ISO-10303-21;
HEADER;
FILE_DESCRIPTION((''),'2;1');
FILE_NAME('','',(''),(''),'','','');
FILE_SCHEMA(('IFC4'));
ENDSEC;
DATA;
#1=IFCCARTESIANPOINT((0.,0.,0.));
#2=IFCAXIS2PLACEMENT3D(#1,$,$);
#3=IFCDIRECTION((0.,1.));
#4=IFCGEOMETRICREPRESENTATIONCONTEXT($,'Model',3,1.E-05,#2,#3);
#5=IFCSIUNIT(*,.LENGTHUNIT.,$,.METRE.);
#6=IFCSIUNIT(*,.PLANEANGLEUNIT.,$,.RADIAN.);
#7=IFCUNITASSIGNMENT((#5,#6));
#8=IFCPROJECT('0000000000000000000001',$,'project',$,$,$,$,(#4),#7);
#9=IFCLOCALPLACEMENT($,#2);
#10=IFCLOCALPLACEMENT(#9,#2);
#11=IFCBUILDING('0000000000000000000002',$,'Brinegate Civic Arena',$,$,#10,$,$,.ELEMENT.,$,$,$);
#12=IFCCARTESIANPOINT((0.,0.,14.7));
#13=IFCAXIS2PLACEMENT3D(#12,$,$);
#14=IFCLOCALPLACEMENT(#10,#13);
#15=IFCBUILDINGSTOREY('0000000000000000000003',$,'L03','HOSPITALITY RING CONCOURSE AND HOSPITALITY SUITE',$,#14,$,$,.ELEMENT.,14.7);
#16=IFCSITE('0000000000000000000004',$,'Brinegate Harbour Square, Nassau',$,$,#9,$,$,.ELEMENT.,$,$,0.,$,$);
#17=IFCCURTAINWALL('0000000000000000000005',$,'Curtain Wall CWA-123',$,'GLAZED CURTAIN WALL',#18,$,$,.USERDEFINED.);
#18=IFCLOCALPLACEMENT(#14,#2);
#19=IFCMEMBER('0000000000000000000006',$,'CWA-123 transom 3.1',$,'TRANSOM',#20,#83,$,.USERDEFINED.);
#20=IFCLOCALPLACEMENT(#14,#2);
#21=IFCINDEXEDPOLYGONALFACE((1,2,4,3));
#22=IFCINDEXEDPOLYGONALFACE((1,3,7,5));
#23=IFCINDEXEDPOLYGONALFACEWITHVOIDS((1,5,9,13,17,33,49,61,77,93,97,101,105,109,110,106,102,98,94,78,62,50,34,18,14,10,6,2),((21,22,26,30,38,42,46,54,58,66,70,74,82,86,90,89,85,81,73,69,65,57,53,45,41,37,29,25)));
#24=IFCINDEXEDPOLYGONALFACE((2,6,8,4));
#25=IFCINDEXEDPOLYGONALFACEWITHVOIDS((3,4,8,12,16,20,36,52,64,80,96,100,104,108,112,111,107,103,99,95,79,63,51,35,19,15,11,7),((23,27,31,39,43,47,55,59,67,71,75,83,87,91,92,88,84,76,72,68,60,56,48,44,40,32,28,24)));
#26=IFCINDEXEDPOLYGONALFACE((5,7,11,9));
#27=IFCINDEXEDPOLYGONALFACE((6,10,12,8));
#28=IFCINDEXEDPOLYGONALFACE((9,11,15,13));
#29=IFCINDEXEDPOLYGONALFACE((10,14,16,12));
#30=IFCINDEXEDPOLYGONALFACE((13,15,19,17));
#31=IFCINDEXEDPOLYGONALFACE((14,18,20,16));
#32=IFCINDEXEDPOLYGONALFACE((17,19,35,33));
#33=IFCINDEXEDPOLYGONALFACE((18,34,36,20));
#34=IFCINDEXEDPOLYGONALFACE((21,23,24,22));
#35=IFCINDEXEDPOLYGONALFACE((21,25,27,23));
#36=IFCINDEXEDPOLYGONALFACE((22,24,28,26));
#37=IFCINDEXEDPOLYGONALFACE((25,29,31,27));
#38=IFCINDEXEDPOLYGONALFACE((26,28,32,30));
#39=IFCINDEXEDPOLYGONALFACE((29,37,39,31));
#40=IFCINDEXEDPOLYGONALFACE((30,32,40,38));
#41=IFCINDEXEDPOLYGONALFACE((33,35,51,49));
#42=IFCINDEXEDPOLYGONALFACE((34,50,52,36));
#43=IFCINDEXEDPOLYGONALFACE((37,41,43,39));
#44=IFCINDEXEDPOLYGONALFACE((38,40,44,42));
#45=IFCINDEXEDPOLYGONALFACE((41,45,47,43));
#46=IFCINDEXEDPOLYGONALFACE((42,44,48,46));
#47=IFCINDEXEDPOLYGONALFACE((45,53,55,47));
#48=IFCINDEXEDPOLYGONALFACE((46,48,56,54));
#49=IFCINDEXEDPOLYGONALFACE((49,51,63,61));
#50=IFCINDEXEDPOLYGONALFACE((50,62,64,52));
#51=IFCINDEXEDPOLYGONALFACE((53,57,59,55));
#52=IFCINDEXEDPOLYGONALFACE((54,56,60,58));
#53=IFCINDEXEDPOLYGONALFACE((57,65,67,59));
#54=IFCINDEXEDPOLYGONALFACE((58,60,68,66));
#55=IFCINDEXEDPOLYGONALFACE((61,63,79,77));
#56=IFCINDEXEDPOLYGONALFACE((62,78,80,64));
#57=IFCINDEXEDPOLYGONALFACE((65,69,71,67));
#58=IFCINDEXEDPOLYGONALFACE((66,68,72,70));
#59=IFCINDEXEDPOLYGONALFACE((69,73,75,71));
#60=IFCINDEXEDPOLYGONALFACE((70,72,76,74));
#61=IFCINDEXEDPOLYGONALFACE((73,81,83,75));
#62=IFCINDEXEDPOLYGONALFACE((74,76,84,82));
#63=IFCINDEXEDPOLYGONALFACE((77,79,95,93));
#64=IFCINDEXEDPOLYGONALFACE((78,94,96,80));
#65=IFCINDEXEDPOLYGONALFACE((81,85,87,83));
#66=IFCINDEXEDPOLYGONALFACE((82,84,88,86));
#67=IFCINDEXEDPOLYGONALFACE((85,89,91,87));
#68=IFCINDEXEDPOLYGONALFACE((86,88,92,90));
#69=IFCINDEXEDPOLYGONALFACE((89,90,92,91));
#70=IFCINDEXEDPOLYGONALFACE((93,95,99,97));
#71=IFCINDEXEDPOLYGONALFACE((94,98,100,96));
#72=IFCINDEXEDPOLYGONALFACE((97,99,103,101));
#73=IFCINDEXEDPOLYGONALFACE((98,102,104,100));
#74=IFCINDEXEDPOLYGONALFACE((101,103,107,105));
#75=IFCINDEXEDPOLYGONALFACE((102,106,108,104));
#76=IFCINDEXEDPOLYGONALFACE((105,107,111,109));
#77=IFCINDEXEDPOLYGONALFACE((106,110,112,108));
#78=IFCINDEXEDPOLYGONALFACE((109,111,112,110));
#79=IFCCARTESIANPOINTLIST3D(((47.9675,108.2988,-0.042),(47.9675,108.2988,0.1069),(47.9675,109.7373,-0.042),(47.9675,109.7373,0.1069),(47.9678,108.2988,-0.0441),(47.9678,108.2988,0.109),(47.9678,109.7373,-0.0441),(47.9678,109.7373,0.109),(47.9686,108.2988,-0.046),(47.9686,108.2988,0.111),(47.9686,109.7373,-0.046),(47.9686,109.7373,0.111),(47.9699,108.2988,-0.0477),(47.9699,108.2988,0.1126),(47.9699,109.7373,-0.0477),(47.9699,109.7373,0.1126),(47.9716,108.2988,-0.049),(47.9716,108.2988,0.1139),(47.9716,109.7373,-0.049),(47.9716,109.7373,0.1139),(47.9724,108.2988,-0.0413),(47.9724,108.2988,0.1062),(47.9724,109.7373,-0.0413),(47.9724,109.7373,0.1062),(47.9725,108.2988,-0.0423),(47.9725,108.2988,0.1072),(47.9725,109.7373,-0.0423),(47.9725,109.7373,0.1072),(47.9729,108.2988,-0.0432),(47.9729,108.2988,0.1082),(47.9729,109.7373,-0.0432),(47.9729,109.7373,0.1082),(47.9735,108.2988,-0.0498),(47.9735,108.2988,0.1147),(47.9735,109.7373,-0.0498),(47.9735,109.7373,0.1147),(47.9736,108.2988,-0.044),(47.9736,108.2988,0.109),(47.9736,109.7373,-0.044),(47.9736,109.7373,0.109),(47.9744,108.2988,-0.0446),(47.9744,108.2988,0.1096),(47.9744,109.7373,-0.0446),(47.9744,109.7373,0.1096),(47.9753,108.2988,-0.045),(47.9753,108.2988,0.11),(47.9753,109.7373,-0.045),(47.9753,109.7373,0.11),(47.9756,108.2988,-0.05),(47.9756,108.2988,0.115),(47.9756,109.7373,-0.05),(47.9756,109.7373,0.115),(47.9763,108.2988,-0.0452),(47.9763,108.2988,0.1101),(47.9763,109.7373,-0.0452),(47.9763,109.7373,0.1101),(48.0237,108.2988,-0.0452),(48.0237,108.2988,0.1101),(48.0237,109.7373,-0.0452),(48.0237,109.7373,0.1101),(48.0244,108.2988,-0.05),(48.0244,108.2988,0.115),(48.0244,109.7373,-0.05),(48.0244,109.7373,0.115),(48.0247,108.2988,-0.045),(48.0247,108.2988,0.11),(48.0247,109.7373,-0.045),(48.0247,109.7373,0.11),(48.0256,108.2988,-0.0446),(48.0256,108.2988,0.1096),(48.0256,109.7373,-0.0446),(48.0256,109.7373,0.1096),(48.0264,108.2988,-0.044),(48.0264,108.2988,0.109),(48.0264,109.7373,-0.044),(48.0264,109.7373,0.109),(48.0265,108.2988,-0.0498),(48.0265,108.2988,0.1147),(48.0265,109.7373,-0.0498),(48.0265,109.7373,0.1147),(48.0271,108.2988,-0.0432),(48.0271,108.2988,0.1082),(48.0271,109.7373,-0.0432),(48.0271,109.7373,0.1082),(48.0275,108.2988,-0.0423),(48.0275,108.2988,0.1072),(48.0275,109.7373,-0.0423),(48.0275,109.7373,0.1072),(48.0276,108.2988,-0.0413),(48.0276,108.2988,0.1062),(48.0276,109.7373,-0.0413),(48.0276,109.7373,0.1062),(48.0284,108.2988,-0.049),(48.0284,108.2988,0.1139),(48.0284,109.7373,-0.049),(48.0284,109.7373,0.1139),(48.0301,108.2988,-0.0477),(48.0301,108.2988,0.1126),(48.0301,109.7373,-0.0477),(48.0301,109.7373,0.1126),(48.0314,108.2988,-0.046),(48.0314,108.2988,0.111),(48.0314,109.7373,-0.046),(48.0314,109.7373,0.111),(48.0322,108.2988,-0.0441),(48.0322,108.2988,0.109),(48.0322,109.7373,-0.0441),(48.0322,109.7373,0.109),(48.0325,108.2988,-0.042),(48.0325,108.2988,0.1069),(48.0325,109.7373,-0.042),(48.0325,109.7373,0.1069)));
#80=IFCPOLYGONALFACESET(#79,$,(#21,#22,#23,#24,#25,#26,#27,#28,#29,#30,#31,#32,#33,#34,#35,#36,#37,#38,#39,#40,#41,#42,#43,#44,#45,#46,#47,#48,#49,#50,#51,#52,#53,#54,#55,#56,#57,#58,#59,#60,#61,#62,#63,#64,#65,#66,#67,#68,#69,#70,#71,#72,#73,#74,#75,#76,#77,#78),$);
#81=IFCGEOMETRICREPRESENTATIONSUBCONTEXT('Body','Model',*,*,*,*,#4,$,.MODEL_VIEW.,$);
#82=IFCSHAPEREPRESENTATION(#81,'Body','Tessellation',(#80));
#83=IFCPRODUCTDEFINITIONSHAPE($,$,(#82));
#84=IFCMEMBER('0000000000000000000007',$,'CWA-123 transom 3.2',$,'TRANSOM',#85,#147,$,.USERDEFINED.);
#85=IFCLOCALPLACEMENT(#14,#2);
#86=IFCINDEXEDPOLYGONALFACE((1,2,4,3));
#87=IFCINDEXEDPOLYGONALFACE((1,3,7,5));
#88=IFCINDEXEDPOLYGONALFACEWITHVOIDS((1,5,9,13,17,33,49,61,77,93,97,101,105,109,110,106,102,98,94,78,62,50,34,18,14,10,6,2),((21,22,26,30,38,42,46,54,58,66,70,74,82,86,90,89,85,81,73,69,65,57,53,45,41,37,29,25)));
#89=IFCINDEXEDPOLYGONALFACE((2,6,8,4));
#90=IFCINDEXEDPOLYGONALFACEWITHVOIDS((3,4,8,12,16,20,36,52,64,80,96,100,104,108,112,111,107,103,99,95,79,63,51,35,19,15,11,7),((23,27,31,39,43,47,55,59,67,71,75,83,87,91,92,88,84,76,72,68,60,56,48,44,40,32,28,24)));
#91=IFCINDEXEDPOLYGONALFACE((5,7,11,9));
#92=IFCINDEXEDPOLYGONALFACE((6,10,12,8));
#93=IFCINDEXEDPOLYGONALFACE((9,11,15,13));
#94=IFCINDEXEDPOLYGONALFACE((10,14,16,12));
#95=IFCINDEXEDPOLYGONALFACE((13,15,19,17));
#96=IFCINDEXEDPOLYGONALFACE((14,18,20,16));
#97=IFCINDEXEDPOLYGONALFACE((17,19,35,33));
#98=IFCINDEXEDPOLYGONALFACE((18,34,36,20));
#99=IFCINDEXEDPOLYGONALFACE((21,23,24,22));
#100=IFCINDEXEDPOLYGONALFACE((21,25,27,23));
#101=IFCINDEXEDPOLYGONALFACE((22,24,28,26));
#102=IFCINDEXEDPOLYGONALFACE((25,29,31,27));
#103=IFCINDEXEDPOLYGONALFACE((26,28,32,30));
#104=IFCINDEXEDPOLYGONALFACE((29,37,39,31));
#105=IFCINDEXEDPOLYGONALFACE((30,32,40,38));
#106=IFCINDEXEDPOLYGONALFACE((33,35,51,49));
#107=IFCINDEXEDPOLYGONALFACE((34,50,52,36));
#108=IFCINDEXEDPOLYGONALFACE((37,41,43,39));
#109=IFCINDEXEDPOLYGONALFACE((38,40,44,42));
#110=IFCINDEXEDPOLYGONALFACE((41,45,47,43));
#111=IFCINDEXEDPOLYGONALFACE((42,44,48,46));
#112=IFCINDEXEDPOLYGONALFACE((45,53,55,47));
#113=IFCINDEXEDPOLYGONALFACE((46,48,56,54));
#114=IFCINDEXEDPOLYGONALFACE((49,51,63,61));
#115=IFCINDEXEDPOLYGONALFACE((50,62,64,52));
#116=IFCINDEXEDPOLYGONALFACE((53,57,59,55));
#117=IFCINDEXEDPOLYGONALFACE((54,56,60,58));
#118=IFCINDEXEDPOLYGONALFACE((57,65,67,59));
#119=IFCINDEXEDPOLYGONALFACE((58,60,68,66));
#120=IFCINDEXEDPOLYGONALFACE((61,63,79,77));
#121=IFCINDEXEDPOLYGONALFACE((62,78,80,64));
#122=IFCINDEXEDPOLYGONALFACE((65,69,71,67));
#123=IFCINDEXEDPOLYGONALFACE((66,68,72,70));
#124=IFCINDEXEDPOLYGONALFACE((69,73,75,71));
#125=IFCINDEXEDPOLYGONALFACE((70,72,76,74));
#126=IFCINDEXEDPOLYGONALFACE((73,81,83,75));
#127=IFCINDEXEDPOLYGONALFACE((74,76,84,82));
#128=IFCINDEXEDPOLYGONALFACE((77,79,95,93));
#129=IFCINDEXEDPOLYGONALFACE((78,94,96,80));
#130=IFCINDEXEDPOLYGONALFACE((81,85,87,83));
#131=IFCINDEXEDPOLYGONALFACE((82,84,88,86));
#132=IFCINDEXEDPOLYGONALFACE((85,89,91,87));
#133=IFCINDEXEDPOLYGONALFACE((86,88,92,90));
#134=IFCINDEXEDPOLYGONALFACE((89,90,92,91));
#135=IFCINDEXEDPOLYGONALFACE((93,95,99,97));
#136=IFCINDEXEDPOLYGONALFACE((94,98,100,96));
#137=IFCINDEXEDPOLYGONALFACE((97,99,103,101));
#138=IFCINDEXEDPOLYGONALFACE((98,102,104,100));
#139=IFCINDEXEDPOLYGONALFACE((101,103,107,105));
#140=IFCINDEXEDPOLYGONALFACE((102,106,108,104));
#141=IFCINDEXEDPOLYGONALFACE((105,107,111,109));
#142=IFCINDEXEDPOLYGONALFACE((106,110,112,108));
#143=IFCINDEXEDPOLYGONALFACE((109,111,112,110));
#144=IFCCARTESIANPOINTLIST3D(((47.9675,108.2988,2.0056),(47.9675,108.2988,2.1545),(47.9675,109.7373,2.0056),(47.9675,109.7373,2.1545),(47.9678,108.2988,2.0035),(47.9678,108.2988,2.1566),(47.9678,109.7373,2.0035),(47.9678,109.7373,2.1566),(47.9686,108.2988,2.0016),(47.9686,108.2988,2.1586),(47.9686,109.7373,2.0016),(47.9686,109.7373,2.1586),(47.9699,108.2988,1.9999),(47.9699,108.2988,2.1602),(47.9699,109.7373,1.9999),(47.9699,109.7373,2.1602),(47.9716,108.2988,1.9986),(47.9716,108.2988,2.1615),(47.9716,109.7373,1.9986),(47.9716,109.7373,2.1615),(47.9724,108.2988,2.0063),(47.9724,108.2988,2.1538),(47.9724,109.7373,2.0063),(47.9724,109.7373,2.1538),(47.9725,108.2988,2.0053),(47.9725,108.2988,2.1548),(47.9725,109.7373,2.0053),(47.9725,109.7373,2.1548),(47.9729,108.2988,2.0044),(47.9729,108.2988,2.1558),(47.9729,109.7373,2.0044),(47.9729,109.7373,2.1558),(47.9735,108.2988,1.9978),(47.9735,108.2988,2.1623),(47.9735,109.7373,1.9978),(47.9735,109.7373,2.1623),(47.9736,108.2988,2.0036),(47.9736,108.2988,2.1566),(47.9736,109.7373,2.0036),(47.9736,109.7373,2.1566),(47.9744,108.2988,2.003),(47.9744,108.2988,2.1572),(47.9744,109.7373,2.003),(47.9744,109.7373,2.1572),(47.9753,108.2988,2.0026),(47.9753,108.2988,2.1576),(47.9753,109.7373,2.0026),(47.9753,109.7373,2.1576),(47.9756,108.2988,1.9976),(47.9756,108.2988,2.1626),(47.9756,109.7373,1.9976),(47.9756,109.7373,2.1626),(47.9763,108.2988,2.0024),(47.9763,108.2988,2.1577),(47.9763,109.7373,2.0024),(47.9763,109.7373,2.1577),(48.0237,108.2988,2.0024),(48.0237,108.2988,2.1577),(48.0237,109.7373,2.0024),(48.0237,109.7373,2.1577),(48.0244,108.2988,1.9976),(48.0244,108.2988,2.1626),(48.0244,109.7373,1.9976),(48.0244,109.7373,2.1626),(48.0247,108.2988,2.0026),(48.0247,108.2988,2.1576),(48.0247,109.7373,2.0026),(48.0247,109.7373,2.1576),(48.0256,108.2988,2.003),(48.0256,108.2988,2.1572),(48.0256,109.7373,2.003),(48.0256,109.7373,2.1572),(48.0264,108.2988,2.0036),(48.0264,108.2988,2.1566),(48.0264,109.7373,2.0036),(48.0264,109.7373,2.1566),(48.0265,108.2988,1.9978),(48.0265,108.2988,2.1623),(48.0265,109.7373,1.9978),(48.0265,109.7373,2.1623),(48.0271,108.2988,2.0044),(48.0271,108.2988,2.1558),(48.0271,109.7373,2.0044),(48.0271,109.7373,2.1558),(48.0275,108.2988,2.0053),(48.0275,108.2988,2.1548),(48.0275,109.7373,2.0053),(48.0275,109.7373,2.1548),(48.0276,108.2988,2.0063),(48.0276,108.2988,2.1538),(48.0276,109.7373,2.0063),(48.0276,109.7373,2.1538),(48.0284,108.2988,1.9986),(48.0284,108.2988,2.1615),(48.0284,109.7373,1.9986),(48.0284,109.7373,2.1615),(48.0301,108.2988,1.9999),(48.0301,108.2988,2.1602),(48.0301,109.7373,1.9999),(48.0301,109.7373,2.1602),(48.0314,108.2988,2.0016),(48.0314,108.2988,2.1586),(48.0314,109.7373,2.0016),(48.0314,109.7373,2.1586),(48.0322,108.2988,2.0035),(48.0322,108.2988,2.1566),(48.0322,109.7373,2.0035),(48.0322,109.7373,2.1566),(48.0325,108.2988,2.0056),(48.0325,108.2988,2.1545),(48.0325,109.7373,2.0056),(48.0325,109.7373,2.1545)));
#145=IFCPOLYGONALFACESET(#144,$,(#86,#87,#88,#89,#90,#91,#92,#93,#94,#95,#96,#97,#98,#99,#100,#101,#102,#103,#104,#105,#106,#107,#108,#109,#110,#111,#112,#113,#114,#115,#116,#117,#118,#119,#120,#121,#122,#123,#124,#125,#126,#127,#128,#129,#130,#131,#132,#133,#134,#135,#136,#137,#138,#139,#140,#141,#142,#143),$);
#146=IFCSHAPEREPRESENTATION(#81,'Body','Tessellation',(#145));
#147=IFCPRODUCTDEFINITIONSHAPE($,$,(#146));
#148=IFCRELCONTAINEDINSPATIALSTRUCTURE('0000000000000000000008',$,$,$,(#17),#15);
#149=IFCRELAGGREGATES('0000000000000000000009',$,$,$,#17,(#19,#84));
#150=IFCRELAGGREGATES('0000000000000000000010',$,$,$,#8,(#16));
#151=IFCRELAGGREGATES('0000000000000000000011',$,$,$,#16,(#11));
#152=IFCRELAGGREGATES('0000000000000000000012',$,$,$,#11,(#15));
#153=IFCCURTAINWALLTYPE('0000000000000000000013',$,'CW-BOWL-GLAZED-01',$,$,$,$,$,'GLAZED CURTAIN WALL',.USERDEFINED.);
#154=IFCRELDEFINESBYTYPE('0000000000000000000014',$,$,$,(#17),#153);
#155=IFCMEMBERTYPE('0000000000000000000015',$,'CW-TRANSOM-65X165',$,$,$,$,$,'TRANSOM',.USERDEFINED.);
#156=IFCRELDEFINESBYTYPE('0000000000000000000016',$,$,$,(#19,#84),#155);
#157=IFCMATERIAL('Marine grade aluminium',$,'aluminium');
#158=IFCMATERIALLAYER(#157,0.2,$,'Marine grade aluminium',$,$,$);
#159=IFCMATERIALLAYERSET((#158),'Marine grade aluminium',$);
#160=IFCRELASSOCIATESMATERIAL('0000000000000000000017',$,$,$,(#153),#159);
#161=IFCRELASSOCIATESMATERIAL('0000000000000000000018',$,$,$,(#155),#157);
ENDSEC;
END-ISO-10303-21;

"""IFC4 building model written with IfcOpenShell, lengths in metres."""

from ifc_helpers import new_model, si_unit, direction, frame, origin, origin_2d, place, context, subcontext, project, spatial, hollow_rectangle, extrude, material, layer, layer_set, material_profile, profile_set, type_object, element, aggregate, save


model = new_model("IFC4")

# Units and contexts
model_context = context("Model", 3, precision=1e-05, world=origin(), true_north=direction((0.0, 1.0)))
body_context = subcontext(model_context, "Body", "Model", "MODEL_VIEW")
ifc_project = project(units=[si_unit("LENGTHUNIT", "METRE"), si_unit("PLANEANGLEUNIT", "RADIAN")], contexts=[model_context])

# Site, building, storey
site_placement = place(None, origin())
site = spatial("IfcSite", under=ifc_project, at=site_placement, Name="Brinegate Harbour Square, Nassau", CompositionType="ELEMENT", RefElevation=0.0)
building_placement = place(site_placement, origin())
building = spatial("IfcBuilding", under=site, at=building_placement, Name="Brinegate Civic Arena", CompositionType="ELEMENT")
storey_placement = place(building_placement, frame((0.0, 0.0, 14.7)))
storey = spatial("IfcBuildingStorey", under=building, at=storey_placement, Name="L03", Description="HOSPITALITY RING CONCOURSE AND HOSPITALITY SUITE", CompositionType="ELEMENT", Elevation=14.7)

# Curtain wall, members
ifc_material_1 = material(Name="Marine grade aluminium", Category="aluminium")
ifc_layer_1 = layer(ifc_material_1, 0.2, Name="Marine grade aluminium")
ifc_layer_set_1 = layer_set([ifc_layer_1], Name="Marine grade aluminium")
curtain_wall_type = type_object("IfcCurtainWallType", Name="CW-BOWL-GLAZED-01", ElementType="GLAZED CURTAIN WALL", PredefinedType="USERDEFINED", material=ifc_layer_set_1)
curtain_wall_placement = place(storey_placement, origin())
curtain_wall = element("IfcCurtainWall", 1, at=curtain_wall_placement, inside=storey, type_object=curtain_wall_type, Name="Curtain Wall CWA-123", ObjectType="GLAZED CURTAIN WALL", PredefinedType="USERDEFINED")
ifc_material_profile_1 = material_profile(ifc_material_1, hollow_rectangle(XDim=0.0649, YDim=0.165, WallThickness=0.0049, InnerFilletRadius=0.0039, OuterFilletRadius=0.0081, at=origin_2d()), Name="TRN65X165")
ifc_profile_set_1 = profile_set([ifc_material_profile_1], Name="Marine grade aluminium")
member_type_1 = type_object("IfcMemberType", Name="CW-TRANSOM-65X165", ElementType="TRANSOM", PredefinedType="USERDEFINED", material=ifc_profile_set_1)
member_1_placement = place(storey_placement, frame((48.0, 108.2988, 0.0325), z_axis=(0.0, 1.0, 0.0), x_axis=(-1.0, 0.0, 0.0)))
member_1 = element("IfcMember", 2, at=member_1_placement, type_object=member_type_1, Name="CWA-123 transom 3.1", ObjectType="TRANSOM", PredefinedType="USERDEFINED", context=body_context, shape_type="SweptSolid", body=[
    extrude(hollow_rectangle(XDim=0.0649, YDim=0.165, WallThickness=0.0049, InnerFilletRadius=0.0039, OuterFilletRadius=0.0081, at=origin_2d()), origin(), (0.0, 0.0, 1.0), 1.4385),
])
member_2_placement = place(storey_placement, frame((48.0, 108.2988, 2.0801), z_axis=(0.0, 1.0, 0.0), x_axis=(-1.0, 0.0, 0.0)))
member_2 = element("IfcMember", 3, at=member_2_placement, type_object=member_type_1, Name="CWA-123 transom 3.2", ObjectType="TRANSOM", PredefinedType="USERDEFINED", context=body_context, shape_type="SweptSolid", body=[
    extrude(hollow_rectangle(XDim=0.0649, YDim=0.165, WallThickness=0.0049, InnerFilletRadius=0.0039, OuterFilletRadius=0.0081, at=origin_2d()), origin(), (0.0, 0.0, 1.0), 1.4385),
])

aggregate(curtain_wall, [member_1, member_2])

save(model, "model.ifc")
